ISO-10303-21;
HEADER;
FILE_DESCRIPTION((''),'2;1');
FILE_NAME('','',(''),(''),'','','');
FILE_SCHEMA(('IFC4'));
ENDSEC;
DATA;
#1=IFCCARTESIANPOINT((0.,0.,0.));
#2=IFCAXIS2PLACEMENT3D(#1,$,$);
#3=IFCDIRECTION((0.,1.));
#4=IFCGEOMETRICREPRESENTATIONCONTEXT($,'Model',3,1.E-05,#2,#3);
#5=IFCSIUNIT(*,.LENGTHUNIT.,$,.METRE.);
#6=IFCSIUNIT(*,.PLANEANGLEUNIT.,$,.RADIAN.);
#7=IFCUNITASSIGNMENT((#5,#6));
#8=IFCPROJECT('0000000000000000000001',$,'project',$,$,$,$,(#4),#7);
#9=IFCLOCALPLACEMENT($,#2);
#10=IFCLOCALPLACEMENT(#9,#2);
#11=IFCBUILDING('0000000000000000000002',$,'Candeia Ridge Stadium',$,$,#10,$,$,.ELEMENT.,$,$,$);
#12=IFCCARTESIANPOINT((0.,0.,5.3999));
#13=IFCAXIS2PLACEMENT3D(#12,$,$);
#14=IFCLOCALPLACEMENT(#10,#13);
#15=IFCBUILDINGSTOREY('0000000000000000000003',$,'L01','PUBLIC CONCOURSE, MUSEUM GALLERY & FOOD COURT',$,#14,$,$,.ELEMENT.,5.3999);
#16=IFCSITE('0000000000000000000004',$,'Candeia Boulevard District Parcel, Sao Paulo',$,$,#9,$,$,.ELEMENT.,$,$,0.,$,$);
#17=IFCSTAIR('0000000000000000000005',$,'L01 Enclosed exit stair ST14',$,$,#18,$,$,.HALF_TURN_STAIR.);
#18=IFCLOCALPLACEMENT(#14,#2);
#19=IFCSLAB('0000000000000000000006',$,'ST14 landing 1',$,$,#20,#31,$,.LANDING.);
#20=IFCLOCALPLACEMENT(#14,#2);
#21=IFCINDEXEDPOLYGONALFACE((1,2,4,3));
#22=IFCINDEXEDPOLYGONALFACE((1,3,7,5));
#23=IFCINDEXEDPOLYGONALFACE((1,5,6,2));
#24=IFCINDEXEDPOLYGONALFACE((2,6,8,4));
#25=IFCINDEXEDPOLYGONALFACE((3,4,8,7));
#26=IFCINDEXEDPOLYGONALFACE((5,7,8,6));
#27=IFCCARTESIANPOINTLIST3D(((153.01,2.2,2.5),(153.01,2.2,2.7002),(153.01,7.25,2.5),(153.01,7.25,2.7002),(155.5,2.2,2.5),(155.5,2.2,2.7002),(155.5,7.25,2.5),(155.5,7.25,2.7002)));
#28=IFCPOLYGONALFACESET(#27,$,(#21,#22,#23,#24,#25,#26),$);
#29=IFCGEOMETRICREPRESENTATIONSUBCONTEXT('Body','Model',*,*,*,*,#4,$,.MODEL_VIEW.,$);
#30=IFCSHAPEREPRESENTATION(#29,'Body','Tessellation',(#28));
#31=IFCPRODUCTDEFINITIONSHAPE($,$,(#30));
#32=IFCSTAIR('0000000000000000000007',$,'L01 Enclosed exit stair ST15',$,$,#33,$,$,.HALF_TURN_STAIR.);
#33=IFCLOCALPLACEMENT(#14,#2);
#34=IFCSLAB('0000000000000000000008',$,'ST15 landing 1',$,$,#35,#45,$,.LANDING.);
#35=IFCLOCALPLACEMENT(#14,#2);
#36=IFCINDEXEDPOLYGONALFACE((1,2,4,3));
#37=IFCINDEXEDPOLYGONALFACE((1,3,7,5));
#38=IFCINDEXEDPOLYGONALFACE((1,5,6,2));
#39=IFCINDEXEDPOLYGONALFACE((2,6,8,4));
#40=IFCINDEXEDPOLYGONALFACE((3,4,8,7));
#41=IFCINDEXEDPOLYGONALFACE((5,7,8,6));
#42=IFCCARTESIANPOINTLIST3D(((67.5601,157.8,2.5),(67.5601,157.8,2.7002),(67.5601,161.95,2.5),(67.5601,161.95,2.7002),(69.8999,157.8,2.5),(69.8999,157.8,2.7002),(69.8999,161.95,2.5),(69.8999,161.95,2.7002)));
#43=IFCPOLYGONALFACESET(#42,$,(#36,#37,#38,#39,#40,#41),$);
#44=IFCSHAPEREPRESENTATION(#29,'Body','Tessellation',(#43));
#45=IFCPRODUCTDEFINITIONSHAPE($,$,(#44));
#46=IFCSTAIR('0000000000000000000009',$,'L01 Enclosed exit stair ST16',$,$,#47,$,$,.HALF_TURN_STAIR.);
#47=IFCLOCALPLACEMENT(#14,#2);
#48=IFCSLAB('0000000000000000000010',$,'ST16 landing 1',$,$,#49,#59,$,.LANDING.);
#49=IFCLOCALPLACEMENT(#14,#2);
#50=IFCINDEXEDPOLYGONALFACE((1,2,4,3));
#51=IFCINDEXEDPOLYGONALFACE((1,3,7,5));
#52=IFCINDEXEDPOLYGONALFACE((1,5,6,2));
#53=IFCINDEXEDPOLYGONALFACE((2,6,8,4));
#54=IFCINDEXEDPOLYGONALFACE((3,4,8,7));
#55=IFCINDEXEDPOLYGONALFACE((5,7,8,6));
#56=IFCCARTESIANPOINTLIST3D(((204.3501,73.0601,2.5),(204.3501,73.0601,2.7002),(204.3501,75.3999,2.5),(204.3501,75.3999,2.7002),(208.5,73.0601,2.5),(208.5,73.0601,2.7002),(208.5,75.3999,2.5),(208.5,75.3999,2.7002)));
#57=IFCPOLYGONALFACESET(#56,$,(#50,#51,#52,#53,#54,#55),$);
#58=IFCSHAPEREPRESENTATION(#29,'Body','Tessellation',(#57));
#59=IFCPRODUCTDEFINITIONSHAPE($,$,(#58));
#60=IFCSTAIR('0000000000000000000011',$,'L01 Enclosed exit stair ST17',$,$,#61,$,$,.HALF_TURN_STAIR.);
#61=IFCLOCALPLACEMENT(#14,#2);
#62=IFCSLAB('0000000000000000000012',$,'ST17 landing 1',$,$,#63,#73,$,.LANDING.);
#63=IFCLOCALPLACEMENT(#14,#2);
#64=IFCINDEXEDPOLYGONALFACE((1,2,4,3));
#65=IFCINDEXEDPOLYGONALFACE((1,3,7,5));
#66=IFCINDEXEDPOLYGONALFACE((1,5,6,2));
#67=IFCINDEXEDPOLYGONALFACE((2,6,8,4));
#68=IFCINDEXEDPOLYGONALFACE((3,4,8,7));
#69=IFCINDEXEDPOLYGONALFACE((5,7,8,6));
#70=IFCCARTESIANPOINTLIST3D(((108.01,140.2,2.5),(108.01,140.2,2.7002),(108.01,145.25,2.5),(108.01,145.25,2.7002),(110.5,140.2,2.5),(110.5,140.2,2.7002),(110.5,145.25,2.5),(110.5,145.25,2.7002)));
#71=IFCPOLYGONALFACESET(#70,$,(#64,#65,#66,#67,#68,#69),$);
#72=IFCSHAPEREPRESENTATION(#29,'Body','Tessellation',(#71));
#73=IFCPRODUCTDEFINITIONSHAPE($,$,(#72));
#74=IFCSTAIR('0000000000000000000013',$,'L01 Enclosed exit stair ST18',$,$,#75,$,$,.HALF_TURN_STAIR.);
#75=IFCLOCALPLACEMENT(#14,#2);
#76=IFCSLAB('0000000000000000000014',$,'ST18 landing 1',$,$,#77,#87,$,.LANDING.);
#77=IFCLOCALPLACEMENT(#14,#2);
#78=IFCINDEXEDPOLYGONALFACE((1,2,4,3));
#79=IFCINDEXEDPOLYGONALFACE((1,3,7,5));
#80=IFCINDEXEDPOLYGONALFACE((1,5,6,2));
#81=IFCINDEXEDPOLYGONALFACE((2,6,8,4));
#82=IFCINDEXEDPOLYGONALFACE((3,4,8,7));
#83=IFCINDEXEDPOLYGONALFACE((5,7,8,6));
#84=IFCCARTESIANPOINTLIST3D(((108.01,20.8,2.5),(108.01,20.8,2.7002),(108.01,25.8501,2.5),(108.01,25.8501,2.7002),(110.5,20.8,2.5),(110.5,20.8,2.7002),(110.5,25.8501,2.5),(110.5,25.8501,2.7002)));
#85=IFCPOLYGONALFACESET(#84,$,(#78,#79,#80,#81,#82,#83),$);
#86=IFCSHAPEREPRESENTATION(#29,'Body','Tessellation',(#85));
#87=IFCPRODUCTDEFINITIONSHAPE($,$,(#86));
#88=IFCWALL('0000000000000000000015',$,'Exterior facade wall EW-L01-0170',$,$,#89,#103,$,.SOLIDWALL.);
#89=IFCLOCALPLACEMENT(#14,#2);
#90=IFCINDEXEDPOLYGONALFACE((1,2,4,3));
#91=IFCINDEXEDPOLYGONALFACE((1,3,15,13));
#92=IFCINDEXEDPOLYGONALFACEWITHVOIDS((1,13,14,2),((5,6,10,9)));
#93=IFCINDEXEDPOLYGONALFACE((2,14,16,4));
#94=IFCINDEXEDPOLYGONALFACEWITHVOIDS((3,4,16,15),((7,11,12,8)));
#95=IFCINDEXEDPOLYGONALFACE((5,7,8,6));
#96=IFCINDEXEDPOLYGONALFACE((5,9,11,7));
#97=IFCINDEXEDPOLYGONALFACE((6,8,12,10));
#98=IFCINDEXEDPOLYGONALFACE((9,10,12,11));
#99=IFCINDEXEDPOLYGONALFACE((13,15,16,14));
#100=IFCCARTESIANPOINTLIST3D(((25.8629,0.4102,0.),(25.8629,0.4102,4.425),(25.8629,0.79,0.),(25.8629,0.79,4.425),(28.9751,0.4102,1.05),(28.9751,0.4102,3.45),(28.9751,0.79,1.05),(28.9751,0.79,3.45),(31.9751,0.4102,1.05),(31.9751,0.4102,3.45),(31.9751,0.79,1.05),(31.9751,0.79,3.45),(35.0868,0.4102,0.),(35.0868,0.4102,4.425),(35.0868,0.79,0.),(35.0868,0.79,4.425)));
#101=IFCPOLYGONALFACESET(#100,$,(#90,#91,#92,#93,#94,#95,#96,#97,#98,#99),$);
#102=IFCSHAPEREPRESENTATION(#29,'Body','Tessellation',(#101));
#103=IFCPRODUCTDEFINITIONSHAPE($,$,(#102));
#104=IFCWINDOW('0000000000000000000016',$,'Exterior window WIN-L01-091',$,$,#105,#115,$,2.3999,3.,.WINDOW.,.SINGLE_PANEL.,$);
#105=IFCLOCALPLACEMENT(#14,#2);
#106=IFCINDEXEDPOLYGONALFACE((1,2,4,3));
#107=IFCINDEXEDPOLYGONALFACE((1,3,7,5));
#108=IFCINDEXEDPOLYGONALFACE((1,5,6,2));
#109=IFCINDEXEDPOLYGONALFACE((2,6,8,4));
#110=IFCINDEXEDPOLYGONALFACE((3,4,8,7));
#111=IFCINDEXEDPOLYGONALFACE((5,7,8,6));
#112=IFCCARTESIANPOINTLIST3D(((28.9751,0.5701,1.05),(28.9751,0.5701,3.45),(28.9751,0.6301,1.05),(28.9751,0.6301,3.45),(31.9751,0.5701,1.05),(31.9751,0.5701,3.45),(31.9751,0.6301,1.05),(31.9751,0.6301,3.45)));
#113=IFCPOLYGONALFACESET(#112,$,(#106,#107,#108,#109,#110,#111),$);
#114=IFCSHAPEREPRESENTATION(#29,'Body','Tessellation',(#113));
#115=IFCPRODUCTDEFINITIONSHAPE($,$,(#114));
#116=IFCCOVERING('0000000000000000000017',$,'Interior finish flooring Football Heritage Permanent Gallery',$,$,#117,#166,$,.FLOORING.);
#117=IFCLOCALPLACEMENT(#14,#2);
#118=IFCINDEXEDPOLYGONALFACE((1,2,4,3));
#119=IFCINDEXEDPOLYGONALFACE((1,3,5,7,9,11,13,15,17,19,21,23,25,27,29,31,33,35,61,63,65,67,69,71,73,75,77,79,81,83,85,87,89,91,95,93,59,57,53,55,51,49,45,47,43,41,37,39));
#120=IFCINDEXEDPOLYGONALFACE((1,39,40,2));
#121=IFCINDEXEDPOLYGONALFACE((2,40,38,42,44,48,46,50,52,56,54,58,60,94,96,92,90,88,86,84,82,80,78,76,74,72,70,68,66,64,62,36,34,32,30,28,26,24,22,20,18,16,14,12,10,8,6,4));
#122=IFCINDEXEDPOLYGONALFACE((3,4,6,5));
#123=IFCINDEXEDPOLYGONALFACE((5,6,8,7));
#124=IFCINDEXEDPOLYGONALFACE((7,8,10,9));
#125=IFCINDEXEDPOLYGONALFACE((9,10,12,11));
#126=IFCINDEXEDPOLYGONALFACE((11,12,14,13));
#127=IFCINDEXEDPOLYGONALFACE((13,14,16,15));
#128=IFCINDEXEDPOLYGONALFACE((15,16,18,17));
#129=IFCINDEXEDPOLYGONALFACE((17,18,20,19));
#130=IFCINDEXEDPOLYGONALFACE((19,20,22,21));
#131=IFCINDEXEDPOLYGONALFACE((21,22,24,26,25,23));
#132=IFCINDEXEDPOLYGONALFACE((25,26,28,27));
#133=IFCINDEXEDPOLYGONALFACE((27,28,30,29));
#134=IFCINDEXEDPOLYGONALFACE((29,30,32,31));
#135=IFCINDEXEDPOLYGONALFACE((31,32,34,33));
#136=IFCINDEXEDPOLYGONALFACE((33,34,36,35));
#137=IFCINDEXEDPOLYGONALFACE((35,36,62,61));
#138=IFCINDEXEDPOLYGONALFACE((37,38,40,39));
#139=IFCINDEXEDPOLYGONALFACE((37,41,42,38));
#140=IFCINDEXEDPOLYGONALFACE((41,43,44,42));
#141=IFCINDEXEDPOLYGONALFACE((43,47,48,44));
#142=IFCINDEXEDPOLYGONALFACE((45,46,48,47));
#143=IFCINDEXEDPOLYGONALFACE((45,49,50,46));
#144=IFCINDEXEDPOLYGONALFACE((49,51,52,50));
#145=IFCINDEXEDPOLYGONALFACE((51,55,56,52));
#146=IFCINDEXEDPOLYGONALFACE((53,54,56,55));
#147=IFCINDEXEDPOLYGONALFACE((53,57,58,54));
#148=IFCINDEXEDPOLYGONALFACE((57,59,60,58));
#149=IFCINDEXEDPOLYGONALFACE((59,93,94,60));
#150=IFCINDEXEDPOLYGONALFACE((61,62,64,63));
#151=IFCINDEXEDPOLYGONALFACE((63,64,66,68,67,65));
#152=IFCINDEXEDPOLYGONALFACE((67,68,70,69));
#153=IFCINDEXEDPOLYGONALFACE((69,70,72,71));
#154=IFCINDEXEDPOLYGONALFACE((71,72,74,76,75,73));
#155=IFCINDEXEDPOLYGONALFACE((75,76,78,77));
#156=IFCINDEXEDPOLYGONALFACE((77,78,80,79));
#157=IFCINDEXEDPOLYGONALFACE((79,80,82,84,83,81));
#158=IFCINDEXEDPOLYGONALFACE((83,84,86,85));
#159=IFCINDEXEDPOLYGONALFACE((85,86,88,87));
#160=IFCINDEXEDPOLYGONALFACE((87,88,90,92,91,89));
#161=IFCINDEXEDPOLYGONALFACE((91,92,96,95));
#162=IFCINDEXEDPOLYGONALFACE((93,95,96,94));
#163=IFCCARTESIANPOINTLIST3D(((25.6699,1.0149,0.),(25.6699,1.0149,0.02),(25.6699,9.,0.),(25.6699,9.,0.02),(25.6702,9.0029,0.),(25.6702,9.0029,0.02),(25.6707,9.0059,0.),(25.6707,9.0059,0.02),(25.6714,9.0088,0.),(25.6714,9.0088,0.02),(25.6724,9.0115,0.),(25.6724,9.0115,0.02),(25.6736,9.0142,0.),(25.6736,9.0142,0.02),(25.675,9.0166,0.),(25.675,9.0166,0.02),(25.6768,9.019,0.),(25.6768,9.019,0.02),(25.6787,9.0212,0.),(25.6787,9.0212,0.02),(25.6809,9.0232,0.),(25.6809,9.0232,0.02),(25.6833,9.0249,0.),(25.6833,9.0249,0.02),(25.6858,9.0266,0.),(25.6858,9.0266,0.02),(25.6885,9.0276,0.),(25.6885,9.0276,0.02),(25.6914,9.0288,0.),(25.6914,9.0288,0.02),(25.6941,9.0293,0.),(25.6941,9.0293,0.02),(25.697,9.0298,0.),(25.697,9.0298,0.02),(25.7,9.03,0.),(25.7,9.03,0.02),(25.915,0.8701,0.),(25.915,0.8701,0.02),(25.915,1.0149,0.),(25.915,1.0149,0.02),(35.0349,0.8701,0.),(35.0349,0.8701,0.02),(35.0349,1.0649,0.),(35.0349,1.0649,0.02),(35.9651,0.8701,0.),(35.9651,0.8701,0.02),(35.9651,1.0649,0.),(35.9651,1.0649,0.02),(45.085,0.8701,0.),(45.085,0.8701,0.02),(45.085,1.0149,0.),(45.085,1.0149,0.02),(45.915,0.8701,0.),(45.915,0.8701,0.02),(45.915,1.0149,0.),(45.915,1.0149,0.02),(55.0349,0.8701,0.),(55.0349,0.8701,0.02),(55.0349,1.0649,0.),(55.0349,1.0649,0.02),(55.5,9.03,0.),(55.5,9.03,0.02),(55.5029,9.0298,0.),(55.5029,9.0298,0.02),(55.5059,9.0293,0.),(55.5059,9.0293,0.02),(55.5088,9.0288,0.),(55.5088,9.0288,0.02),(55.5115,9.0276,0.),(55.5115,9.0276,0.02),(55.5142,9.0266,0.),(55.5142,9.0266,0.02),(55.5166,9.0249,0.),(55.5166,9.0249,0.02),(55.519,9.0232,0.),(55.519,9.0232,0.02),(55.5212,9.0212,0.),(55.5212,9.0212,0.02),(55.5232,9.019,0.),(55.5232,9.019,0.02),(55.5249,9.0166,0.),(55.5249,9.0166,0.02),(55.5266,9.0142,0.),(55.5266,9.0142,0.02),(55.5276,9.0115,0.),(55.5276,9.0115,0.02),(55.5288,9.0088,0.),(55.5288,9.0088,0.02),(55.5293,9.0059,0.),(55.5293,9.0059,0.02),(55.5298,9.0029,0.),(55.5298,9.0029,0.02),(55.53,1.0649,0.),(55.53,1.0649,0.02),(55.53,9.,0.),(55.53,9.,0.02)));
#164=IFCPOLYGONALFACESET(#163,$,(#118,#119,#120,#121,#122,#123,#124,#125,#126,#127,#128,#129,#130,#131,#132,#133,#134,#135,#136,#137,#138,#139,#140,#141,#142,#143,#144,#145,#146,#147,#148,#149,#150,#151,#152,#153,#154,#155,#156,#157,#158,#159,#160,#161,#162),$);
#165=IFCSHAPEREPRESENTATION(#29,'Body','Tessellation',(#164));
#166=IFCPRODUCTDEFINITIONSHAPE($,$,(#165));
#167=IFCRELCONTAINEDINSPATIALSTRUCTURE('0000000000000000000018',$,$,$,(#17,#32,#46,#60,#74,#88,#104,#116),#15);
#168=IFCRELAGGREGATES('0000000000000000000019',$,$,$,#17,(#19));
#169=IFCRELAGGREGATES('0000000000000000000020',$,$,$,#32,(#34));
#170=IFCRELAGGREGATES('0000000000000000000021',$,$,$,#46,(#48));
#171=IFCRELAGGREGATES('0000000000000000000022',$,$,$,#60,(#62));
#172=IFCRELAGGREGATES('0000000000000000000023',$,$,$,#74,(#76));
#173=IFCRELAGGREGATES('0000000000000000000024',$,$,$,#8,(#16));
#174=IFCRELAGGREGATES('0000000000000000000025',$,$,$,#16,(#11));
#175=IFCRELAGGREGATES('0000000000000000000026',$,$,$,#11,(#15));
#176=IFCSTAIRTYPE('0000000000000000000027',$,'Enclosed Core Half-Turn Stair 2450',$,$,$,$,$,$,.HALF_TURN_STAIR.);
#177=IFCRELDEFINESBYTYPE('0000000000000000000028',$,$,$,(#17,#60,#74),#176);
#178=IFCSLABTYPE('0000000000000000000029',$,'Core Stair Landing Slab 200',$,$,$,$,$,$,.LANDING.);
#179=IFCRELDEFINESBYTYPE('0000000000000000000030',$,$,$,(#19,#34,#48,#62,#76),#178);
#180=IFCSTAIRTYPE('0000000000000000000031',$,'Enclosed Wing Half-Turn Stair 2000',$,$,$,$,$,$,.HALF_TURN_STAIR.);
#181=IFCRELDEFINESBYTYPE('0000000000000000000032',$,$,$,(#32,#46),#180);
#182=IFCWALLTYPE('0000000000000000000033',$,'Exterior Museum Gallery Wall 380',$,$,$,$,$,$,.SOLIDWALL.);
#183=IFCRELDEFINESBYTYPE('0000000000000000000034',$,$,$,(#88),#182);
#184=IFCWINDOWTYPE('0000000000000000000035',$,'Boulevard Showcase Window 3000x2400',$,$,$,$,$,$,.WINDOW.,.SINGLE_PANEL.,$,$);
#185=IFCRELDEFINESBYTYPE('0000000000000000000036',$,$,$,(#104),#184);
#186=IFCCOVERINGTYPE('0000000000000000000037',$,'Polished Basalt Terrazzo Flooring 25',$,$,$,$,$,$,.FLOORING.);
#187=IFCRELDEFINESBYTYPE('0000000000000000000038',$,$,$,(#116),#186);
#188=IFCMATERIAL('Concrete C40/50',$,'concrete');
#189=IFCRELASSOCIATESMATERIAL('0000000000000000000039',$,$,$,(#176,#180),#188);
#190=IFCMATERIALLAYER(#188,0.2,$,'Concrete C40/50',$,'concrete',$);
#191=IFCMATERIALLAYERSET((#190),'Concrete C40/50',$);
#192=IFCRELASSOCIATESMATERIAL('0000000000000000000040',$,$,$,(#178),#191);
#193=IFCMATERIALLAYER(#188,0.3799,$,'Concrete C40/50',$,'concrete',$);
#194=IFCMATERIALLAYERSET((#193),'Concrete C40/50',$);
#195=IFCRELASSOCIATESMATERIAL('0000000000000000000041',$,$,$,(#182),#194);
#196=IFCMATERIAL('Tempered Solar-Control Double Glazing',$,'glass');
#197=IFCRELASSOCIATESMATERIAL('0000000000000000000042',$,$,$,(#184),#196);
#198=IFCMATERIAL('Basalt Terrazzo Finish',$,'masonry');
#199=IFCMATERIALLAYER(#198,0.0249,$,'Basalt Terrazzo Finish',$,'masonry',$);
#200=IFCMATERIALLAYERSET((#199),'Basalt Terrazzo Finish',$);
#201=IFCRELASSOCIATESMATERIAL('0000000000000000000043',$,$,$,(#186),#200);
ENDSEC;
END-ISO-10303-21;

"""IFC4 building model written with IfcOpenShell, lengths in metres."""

from ifc_helpers import new_model, si_unit, direction, frame, frame_2d, origin, place, context, subcontext, project, spatial, polyline, rectangle, outline, extrude, material, layer, layer_set, type_object, element, fill, aggregate, save


model = new_model("IFC4")

# Units and contexts
model_context = context("Model", 3, precision=1e-05, world=origin(), true_north=direction((0.0, 1.0)))
body_context = subcontext(model_context, "Body", "Model", "MODEL_VIEW")
ifc_project = project(units=[si_unit("LENGTHUNIT", "METRE"), si_unit("PLANEANGLEUNIT", "RADIAN")], contexts=[model_context])

# Site, building, storey
site_placement = place(None, origin())
site = spatial("IfcSite", under=ifc_project, at=site_placement, Name="Candeia Boulevard District Parcel, Sao Paulo", CompositionType="ELEMENT", RefElevation=0.0)
building_placement = place(site_placement, origin())
building = spatial("IfcBuilding", under=site, at=building_placement, Name="Candeia Ridge Stadium", CompositionType="ELEMENT")
storey_placement = place(building_placement, frame((0.0, 0.0, 5.3999)))
storey = spatial("IfcBuildingStorey", under=building, at=storey_placement, Name="L01", Description="PUBLIC CONCOURSE, MUSEUM GALLERY & FOOD COURT", CompositionType="ELEMENT", Elevation=5.3999)

# Shared definitions
ifc_material_1 = material(Name="Concrete C40/50", Category="concrete")

# Stairs, slabs
stair_type_1 = type_object("IfcStairType", Name="Enclosed Core Half-Turn Stair 2450", PredefinedType="HALF_TURN_STAIR", material=ifc_material_1)
ifc_layer_1 = layer(ifc_material_1, 0.2, Name="Concrete C40/50", Category="concrete")
ifc_layer_set_1 = layer_set([ifc_layer_1], Name="Concrete C40/50")
slab_type = type_object("IfcSlabType", Name="Core Stair Landing Slab 200", PredefinedType="LANDING", material=ifc_layer_set_1)
stair_1_placement = place(storey_placement, origin())
stair_1 = element("IfcStair", 1, at=stair_1_placement, inside=storey, type_object=stair_type_1, Name="L01 Enclosed exit stair ST14", PredefinedType="HALF_TURN_STAIR")
slab_1_placement = place(storey_placement, frame((0.0, 0.0, 2.5)))
slab_1 = element("IfcSlab", 2, at=slab_1_placement, type_object=slab_type, Name="ST14 landing 1", PredefinedType="LANDING", context=body_context, shape_type="SweptSolid", body=[
    extrude(outline(polyline([(153.01, 2.2), (155.5, 2.2), (155.5, 7.25), (153.01, 7.25), (153.01, 2.2)])), origin(), (0.0, 0.0, 1.0), 0.2002),
])
aggregate(stair_1, [slab_1])
stair_type_2 = type_object("IfcStairType", Name="Enclosed Wing Half-Turn Stair 2000", PredefinedType="HALF_TURN_STAIR", material=ifc_material_1)
stair_2_placement = place(storey_placement, origin())
stair_2 = element("IfcStair", 3, at=stair_2_placement, inside=storey, type_object=stair_type_2, Name="L01 Enclosed exit stair ST15", PredefinedType="HALF_TURN_STAIR")
slab_2_placement = place(storey_placement, frame((0.0, 0.0, 2.5)))
slab_2 = element("IfcSlab", 4, at=slab_2_placement, type_object=slab_type, Name="ST15 landing 1", PredefinedType="LANDING", context=body_context, shape_type="SweptSolid", body=[
    extrude(outline(polyline([(67.5601, 157.8), (69.8999, 157.8), (69.8999, 161.95), (67.5601, 161.95), (67.5601, 157.8)])), origin(), (0.0, 0.0, 1.0), 0.2002),
])
aggregate(stair_2, [slab_2])
stair_3_placement = place(storey_placement, origin())
stair_3 = element("IfcStair", 5, at=stair_3_placement, inside=storey, type_object=stair_type_2, Name="L01 Enclosed exit stair ST16", PredefinedType="HALF_TURN_STAIR")
slab_3_placement = place(storey_placement, frame((0.0, 0.0, 2.5)))
slab_3 = element("IfcSlab", 6, at=slab_3_placement, type_object=slab_type, Name="ST16 landing 1", PredefinedType="LANDING", context=body_context, shape_type="SweptSolid", body=[
    extrude(outline(polyline([(208.5, 73.0601), (208.5, 75.3999), (204.3501, 75.3999), (204.3501, 73.0601), (208.5, 73.0601)])), origin(), (0.0, 0.0, 1.0), 0.2002),
])
aggregate(stair_3, [slab_3])
stair_4_placement = place(storey_placement, origin())
stair_4 = element("IfcStair", 7, at=stair_4_placement, inside=storey, type_object=stair_type_1, Name="L01 Enclosed exit stair ST17", PredefinedType="HALF_TURN_STAIR")
slab_4_placement = place(storey_placement, frame((0.0, 0.0, 2.5)))
slab_4 = element("IfcSlab", 8, at=slab_4_placement, type_object=slab_type, Name="ST17 landing 1", PredefinedType="LANDING", context=body_context, shape_type="SweptSolid", body=[
    extrude(outline(polyline([(108.01, 140.2), (110.5, 140.2), (110.5, 145.25), (108.01, 145.25), (108.01, 140.2)])), origin(), (0.0, 0.0, 1.0), 0.2002),
])
aggregate(stair_4, [slab_4])
stair_5_placement = place(storey_placement, origin())
stair_5 = element("IfcStair", 9, at=stair_5_placement, inside=storey, type_object=stair_type_1, Name="L01 Enclosed exit stair ST18", PredefinedType="HALF_TURN_STAIR")
slab_5_placement = place(storey_placement, frame((0.0, 0.0, 2.5)))
slab_5 = element("IfcSlab", 10, at=slab_5_placement, type_object=slab_type, Name="ST18 landing 1", PredefinedType="LANDING", context=body_context, shape_type="SweptSolid", body=[
    extrude(outline(polyline([(108.01, 20.8), (110.5, 20.8), (110.5, 25.8501), (108.01, 25.8501), (108.01, 20.8)])), origin(), (0.0, 0.0, 1.0), 0.2002),
])
aggregate(stair_5, [slab_5])

# Wall, opening, window
ifc_layer_2 = layer(ifc_material_1, 0.3799, Name="Concrete C40/50", Category="concrete")
ifc_layer_set_2 = layer_set([ifc_layer_2], Name="Concrete C40/50")
wall_type = type_object("IfcWallType", Name="Exterior Museum Gallery Wall 380", PredefinedType="SOLIDWALL", material=ifc_layer_set_2)
wall_placement = place(storey_placement, frame((25.863, 0.6001, 0.0), z_axis=(0.0, 0.0, 1.0), x_axis=(1.0, 0.0, 0.0)))
wall = element("IfcWall", 11, at=wall_placement, inside=storey, type_object=wall_type, Name="Exterior facade wall EW-L01-0170", PredefinedType="SOLIDWALL", context=body_context, shape_type="SweptSolid", body=[
    extrude(rectangle(XDim=9.2239, YDim=0.3799, at=frame_2d((4.6118, 0.0))), origin(), (0.0, 0.0, 1.0), 4.425),
])
opening_placement = place(wall_placement, frame((3.1121, 0.0, 1.05)))
opening = element("IfcOpeningElement", 12, at=opening_placement, cuts=wall, PredefinedType="OPENING", context=body_context, shape_type="SweptSolid", body=[
    extrude(rectangle(XDim=3.0, YDim=2.3999, at=frame_2d((1.5, 1.2))), frame((0.0, 0.2, 0.0), z_axis=(0.0, -1.0, 0.0), x_axis=(1.0, 0.0, 0.0)), (0.0, 0.0, 1.0), 0.3999),
])
ifc_material_2 = material(Name="Tempered Solar-Control Double Glazing", Category="glass")
window_type = type_object("IfcWindowType", Name="Boulevard Showcase Window 3000x2400", PartitioningType="SINGLE_PANEL", PredefinedType="WINDOW", material=ifc_material_2)
window_placement = place(opening_placement, origin())
window = element("IfcWindow", 13, at=window_placement, inside=storey, type_object=window_type, Name="Exterior window WIN-L01-091", OverallHeight=2.3999, OverallWidth=3.0, PartitioningType="SINGLE_PANEL", PredefinedType="WINDOW", context=body_context, shape_type="SweptSolid", body=[
    extrude(rectangle(XDim=3.0, YDim=2.3999, at=frame_2d((1.5, 1.2))), frame((0.0, 0.03, 0.0), z_axis=(0.0, -1.0, 0.0), x_axis=(1.0, 0.0, 0.0)), (0.0, 0.0, 1.0), 0.0601),
])
fill(opening, window)

# Covering
ifc_material_3 = material(Name="Basalt Terrazzo Finish", Category="masonry")
ifc_layer_3 = layer(ifc_material_3, 0.0249, Name="Basalt Terrazzo Finish", Category="masonry")
ifc_layer_set_3 = layer_set([ifc_layer_3], Name="Basalt Terrazzo Finish")
covering_type_1 = type_object("IfcCoveringType", Name="Polished Basalt Terrazzo Flooring 25", PredefinedType="FLOORING", material=ifc_layer_set_3)
covering_1_placement = place(storey_placement, origin())
element("IfcCovering", 14, at=covering_1_placement, inside=storey, type_object=covering_type_1, Name="Interior finish flooring Football Heritage Permanent Gallery", PredefinedType="FLOORING", context=body_context, shape_type="SweptSolid", body=[
    extrude(outline(polyline([(25.6702, 9.0029), (25.6707, 9.0059), (25.6714, 9.0088), (25.6724, 9.0115), (25.6736, 9.0142), (25.675, 9.0166), (25.6768, 9.019), (25.6787, 9.0212), (25.6809, 9.0232), (25.6833, 9.0249), (25.6858, 9.0266), (25.6885, 9.0276), (25.6914, 9.0288), (25.6941, 9.0293), (25.697, 9.0298), (25.7, 9.03), (55.5, 9.03), (55.5029, 9.0298), (55.5059, 9.0293), (55.5088, 9.0288), (55.5115, 9.0276), (55.5142, 9.0266), (55.5166, 9.0249), (55.519, 9.0232), (55.5212, 9.0212), (55.5232, 9.019), (55.5249, 9.0166), (55.5266, 9.0142), (55.5276, 9.0115), (55.5288, 9.0088), (55.5293, 9.0059), (55.5298, 9.0029), (55.53, 9.0), (55.53, 1.0649), (55.0349, 1.0649), (55.0349, 0.8701), (45.915, 0.8701), (45.915, 1.0149), (45.085, 1.0149), (45.085, 0.8701), (35.9651, 0.8701), (35.9651, 1.0649), (35.0349, 1.0649), (35.0349, 0.8701), (25.915, 0.8701), (25.915, 1.0149), (25.6699, 1.0149), (25.6699, 9.0), (25.6702, 9.0029)])), origin(), (0.0, 0.0, 1.0), 0.02),
])

save(model, "model.ifc")
